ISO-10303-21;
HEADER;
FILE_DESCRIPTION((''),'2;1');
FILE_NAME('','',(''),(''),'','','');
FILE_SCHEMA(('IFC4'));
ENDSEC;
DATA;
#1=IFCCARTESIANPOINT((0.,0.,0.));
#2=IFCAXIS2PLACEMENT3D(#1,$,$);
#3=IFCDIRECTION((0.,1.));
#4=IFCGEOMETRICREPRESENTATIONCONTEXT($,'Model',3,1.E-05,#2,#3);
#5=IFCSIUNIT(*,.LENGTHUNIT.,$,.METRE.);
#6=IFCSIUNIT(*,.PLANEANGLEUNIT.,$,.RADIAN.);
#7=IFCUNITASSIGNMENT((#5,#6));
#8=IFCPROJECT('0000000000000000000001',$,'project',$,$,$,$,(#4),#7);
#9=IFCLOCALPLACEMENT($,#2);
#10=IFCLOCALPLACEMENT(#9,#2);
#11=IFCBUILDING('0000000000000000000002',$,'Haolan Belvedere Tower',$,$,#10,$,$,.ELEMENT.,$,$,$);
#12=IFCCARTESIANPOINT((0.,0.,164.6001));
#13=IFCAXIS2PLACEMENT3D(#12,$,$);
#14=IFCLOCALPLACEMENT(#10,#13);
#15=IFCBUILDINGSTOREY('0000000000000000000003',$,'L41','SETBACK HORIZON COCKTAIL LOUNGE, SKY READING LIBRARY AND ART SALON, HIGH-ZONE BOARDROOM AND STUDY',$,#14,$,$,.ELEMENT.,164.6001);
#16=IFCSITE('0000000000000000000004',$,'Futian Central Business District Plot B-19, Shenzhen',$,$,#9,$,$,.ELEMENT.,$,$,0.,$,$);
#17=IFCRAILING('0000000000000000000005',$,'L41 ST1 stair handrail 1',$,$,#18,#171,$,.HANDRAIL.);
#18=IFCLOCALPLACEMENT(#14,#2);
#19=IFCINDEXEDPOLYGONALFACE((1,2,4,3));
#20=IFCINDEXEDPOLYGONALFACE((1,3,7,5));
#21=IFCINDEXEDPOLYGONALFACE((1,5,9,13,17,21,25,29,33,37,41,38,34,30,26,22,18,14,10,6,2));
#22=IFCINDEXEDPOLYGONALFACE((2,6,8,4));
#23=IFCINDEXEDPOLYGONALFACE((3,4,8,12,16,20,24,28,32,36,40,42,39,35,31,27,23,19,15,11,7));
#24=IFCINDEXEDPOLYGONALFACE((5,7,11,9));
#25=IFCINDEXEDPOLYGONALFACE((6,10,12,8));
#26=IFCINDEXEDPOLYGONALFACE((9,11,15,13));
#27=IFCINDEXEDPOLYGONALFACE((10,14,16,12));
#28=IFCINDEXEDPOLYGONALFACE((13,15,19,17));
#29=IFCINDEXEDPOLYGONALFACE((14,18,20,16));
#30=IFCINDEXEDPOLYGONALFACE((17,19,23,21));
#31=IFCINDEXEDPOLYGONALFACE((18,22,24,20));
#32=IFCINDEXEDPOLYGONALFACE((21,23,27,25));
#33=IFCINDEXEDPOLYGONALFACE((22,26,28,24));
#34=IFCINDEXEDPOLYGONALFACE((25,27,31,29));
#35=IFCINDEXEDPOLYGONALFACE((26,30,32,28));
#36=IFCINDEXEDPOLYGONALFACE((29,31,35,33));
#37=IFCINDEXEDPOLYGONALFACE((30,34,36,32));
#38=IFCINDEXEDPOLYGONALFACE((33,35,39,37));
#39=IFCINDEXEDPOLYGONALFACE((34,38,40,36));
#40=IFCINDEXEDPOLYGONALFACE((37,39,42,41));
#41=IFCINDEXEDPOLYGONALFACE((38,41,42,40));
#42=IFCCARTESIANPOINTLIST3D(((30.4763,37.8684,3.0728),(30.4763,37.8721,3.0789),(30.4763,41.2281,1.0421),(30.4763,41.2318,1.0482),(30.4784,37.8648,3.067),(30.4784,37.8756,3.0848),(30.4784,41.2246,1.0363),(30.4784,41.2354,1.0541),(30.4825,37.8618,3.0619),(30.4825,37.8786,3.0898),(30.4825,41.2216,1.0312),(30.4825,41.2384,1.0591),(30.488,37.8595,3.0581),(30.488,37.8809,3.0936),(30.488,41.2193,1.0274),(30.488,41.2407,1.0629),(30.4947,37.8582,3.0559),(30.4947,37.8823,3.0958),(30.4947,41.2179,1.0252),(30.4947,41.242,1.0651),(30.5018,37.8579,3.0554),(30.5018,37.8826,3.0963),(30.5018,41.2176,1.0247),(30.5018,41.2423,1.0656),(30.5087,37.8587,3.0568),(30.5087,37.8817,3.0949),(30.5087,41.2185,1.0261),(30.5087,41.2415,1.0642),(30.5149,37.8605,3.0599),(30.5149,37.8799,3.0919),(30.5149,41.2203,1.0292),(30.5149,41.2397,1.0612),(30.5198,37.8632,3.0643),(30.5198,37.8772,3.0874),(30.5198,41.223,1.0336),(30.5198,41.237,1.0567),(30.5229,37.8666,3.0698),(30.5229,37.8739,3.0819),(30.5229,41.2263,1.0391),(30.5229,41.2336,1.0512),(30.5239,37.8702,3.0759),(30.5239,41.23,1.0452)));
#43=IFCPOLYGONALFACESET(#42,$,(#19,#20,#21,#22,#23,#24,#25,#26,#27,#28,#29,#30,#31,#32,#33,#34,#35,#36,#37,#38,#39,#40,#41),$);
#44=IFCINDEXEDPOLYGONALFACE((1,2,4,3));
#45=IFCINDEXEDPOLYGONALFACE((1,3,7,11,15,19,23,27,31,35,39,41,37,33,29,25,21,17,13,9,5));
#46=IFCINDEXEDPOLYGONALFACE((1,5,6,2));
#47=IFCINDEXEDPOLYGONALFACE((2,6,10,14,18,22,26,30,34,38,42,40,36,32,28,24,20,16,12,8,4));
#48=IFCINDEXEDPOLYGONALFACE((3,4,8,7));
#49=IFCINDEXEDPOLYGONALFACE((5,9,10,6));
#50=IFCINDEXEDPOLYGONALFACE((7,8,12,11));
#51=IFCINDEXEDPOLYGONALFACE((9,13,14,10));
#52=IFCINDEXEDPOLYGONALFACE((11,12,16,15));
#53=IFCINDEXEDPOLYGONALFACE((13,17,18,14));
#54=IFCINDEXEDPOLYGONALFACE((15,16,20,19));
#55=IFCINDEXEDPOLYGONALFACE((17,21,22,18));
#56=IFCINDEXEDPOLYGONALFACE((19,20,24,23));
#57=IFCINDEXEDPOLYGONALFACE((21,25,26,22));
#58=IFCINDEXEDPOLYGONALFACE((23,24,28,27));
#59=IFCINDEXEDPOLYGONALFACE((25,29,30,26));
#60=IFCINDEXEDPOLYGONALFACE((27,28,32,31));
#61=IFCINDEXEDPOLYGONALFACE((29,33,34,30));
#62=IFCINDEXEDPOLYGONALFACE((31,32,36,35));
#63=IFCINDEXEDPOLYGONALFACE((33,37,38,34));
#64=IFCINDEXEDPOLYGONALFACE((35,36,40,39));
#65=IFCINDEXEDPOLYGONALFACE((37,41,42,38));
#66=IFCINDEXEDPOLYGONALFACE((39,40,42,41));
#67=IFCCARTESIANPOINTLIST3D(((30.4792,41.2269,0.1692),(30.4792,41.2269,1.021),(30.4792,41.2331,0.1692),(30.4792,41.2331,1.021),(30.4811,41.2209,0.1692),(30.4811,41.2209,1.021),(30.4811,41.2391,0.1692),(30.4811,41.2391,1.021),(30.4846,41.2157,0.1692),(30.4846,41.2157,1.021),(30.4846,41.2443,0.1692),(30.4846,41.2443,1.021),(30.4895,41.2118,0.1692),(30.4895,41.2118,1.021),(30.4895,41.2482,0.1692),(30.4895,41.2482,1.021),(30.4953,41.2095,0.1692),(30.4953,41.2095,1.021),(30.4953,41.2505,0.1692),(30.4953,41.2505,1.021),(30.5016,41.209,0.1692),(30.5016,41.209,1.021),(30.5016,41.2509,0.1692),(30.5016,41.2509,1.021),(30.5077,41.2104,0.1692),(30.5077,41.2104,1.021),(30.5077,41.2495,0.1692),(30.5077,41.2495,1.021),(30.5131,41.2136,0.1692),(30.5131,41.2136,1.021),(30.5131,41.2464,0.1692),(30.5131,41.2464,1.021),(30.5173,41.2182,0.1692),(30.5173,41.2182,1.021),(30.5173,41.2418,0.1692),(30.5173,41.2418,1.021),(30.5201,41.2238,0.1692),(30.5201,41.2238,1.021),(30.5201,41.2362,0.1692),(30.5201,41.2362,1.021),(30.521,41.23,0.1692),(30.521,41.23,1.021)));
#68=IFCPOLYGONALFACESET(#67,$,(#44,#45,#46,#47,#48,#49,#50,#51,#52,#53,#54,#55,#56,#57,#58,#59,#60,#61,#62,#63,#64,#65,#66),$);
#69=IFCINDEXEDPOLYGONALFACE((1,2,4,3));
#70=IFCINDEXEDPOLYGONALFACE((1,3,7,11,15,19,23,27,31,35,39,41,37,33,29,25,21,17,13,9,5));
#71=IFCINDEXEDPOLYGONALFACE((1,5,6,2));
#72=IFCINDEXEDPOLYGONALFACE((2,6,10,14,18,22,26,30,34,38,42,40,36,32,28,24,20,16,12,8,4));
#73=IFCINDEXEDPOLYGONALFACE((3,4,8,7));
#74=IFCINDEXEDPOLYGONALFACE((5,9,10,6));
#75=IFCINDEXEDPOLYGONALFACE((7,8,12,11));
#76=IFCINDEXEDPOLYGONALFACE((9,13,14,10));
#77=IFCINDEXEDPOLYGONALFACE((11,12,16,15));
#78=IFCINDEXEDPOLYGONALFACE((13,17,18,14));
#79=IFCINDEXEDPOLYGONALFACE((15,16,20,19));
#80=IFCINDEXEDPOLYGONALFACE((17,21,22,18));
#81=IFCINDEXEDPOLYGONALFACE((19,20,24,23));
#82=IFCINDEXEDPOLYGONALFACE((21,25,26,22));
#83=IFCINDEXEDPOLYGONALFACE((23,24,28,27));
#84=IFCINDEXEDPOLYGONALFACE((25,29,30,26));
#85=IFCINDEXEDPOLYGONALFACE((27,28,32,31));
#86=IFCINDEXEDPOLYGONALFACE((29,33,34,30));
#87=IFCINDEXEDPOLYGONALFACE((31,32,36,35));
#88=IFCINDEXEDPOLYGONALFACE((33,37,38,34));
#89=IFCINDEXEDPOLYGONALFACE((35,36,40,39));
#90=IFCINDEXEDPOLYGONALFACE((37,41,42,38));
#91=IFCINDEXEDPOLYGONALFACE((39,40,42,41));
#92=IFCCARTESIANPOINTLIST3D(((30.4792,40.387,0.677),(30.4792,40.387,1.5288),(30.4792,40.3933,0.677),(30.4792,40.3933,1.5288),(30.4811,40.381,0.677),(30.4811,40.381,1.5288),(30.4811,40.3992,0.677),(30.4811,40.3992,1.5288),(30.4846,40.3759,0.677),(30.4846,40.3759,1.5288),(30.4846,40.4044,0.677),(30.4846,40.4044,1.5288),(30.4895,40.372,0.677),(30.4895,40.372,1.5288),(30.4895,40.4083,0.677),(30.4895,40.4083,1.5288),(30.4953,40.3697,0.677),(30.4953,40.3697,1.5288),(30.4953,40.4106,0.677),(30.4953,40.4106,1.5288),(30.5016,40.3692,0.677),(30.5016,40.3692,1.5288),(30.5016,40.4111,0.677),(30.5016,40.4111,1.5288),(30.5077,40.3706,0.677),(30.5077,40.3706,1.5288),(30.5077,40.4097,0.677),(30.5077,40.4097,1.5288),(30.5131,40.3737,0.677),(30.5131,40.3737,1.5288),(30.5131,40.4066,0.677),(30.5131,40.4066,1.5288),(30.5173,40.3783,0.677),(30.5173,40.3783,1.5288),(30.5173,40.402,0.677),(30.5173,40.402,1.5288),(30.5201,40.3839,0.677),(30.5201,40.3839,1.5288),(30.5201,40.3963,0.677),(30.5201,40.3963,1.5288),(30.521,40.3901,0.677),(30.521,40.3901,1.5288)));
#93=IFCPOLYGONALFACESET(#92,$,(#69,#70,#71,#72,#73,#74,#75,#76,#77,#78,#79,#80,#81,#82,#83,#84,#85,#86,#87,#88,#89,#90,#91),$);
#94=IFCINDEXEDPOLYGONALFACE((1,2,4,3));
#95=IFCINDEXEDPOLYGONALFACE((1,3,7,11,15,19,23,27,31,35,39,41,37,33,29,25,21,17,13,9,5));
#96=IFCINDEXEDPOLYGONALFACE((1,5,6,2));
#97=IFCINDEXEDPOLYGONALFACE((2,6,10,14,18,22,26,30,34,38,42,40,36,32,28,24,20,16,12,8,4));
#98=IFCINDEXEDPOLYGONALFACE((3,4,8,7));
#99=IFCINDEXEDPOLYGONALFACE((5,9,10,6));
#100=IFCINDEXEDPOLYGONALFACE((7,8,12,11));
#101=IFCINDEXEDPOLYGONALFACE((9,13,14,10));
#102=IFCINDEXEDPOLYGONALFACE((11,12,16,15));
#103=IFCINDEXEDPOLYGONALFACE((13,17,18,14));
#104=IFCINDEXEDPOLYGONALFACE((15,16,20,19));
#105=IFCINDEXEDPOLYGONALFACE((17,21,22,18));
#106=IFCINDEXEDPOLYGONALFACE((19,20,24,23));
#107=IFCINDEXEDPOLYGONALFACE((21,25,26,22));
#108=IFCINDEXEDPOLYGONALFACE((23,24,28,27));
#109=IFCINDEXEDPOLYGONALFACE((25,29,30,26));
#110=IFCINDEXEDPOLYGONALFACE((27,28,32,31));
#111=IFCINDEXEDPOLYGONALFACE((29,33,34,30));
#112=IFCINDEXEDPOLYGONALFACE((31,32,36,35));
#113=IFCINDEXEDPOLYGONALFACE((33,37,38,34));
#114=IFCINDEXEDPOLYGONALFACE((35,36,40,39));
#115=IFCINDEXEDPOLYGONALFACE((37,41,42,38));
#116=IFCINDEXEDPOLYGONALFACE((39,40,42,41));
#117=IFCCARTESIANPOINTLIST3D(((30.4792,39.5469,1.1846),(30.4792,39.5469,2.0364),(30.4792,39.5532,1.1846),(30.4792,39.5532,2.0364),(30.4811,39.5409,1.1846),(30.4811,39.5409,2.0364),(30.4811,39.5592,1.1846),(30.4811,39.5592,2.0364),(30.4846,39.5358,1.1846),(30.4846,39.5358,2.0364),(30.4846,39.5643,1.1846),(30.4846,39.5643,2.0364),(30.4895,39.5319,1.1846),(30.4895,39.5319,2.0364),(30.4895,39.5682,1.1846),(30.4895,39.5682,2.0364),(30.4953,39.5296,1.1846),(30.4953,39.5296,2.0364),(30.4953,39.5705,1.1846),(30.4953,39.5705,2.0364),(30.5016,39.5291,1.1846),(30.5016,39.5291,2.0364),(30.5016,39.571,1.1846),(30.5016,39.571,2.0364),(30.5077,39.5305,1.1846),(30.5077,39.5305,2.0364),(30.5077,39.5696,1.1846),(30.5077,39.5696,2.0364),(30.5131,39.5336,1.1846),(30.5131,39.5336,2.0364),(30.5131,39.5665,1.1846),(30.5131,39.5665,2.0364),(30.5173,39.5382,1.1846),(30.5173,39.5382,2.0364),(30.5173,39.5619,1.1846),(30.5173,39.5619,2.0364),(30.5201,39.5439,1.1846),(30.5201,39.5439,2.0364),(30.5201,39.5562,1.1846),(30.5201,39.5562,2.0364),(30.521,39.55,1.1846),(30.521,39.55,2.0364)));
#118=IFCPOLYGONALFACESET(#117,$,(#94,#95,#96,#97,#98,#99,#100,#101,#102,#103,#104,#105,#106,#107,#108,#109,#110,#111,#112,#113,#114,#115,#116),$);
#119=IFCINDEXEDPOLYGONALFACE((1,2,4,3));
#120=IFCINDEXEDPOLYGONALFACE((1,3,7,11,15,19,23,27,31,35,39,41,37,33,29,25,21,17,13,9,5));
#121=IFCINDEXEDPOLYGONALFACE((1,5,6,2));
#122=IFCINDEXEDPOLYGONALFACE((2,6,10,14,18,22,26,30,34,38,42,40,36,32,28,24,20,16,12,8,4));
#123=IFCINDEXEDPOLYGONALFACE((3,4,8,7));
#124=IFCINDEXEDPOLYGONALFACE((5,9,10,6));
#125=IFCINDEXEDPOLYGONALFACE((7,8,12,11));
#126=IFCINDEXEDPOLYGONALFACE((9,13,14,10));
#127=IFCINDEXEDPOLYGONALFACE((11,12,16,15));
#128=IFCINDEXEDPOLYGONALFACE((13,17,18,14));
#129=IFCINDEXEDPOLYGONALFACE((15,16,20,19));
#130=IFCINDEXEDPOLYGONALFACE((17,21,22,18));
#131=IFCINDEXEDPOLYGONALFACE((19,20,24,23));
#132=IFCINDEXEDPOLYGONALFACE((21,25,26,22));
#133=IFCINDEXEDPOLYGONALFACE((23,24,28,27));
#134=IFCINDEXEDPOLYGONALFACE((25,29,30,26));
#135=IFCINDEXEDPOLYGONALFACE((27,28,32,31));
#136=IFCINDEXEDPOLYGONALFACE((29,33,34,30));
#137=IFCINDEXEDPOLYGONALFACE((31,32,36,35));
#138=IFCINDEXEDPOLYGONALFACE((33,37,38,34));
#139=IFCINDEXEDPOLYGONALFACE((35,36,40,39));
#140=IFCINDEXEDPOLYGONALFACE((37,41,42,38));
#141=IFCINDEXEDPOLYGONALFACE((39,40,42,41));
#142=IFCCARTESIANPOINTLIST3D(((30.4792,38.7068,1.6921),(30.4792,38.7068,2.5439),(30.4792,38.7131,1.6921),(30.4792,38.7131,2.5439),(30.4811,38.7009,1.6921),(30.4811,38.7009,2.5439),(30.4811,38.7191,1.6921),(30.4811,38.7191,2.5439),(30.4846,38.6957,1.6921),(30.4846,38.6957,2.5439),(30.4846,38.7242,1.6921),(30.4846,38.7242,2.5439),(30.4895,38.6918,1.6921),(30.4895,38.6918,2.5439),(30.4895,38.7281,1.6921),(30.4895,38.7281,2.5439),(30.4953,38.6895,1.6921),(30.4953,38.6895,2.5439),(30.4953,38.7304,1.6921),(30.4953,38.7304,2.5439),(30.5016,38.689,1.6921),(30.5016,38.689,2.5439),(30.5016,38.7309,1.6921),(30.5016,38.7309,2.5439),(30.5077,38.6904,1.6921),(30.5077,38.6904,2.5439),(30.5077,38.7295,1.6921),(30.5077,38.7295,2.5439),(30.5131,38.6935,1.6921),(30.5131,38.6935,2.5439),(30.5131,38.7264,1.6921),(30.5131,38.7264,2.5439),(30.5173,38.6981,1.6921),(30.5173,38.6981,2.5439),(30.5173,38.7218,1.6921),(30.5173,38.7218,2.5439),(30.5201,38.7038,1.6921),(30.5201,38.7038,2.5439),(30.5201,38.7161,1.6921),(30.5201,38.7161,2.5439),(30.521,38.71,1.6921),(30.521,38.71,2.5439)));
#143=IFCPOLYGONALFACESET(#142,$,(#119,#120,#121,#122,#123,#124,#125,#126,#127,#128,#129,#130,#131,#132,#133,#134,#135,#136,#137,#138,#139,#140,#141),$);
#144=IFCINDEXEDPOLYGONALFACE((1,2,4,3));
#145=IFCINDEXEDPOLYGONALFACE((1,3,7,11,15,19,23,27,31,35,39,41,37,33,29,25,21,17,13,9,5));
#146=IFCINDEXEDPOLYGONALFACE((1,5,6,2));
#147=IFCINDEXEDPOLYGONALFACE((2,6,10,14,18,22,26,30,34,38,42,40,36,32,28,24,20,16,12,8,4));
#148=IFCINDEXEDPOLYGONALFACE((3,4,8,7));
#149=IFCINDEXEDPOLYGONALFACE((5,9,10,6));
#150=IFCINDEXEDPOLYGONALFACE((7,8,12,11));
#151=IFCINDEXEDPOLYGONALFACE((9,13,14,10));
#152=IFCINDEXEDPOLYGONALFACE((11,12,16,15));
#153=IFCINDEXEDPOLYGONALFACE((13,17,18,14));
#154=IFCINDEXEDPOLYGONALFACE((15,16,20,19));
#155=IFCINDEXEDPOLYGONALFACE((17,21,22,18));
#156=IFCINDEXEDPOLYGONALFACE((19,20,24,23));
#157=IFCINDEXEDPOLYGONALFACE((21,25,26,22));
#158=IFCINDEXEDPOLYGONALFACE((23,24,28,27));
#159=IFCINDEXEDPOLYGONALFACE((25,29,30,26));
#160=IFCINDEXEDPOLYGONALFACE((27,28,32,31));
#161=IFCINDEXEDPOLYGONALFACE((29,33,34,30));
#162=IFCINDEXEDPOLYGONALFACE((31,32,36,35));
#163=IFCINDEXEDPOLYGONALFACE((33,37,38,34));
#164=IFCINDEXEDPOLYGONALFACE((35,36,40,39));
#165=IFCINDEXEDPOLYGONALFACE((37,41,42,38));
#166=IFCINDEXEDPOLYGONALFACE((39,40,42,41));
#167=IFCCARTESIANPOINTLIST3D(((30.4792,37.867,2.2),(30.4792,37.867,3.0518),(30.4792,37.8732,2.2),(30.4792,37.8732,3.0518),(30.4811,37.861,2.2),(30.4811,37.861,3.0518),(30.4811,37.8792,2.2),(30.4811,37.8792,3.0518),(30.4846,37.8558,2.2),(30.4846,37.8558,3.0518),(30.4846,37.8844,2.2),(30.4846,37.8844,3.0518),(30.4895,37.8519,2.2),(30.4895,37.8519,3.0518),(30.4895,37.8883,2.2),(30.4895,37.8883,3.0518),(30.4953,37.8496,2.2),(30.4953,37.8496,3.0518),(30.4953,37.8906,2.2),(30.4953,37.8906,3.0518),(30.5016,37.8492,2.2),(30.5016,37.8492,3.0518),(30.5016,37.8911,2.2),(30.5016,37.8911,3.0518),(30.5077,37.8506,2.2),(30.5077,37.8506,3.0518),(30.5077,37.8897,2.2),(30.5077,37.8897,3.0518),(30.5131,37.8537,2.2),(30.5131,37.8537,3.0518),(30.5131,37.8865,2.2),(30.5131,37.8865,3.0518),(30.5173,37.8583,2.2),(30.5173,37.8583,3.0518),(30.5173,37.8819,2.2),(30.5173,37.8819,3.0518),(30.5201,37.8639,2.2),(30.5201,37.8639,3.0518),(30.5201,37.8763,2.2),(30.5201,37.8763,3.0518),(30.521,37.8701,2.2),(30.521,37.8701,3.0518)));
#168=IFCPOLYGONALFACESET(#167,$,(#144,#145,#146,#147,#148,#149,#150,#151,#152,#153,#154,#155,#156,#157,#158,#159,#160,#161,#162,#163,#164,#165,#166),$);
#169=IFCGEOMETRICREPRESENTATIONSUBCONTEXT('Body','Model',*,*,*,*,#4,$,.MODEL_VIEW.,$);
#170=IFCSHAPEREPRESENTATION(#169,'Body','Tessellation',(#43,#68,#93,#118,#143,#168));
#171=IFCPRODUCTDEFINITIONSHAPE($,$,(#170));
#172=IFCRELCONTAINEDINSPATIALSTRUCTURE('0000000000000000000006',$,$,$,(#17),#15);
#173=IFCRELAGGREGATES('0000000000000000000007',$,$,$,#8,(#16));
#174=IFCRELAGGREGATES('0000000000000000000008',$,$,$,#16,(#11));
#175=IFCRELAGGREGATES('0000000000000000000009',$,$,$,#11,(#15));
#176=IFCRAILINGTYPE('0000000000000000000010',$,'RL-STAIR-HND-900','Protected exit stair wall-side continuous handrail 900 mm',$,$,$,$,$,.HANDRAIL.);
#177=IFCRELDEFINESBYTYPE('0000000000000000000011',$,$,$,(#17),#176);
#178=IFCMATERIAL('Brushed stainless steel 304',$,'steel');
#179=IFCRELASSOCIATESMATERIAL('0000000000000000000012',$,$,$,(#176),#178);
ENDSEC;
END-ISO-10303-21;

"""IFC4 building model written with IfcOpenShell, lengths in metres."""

from ifc_helpers import new_model, si_unit, direction, frame, origin, origin_2d, place, context, subcontext, project, spatial, circle, extrude, material, type_object, element, save


model = new_model("IFC4")

# Units and contexts
model_context = context("Model", 3, precision=1e-05, world=origin(), true_north=direction((0.0, 1.0)))
body_context = subcontext(model_context, "Body", "Model", "MODEL_VIEW")
ifc_project = project(units=[si_unit("LENGTHUNIT", "METRE"), si_unit("PLANEANGLEUNIT", "RADIAN")], contexts=[model_context])

# Site, building, storey
site_placement = place(None, origin())
site = spatial("IfcSite", under=ifc_project, at=site_placement, Name="Futian Central Business District Plot B-19, Shenzhen", CompositionType="ELEMENT", RefElevation=0.0)
building_placement = place(site_placement, origin())
building = spatial("IfcBuilding", under=site, at=building_placement, Name="Haolan Belvedere Tower", CompositionType="ELEMENT")
storey_placement = place(building_placement, frame((0.0, 0.0, 164.6001)))
storey = spatial("IfcBuildingStorey", under=building, at=storey_placement, Name="L41", Description="SETBACK HORIZON COCKTAIL LOUNGE, SKY READING LIBRARY AND ART SALON, HIGH-ZONE BOARDROOM AND STUDY", CompositionType="ELEMENT", Elevation=164.6001)

# Railing
ifc_material_1 = material(Name="Brushed stainless steel 304", Category="steel")
railing_type_1 = type_object("IfcRailingType", Name="RL-STAIR-HND-900", Description="Protected exit stair wall-side continuous handrail 900 mm", PredefinedType="HANDRAIL", material=ifc_material_1)
railing_1_placement = place(storey_placement, frame((30.5, 41.23, 0.1692)))
element("IfcRailing", 1, at=railing_1_placement, inside=storey, type_object=railing_type_1, Name="L41 ST1 stair handrail 1", PredefinedType="HANDRAIL", context=body_context, shape_type="SweptSolid", body=[
    extrude(circle(Radius=0.0239, at=origin_2d()), frame((0.0, 0.0, 0.876), z_axis=(0.0, -0.85582, 0.517273), x_axis=(1.0, 0.0, 0.0)), (0.0, 0.0, 1.0), 3.9258),
    extrude(circle(Radius=0.021, at=origin_2d()), origin(), (0.0, 0.0, 1.0), 0.8518),
    extrude(circle(Radius=0.021, at=origin_2d()), frame((0.0, -0.8398, 0.5078)), (0.0, 0.0, 1.0), 0.8518),
    extrude(circle(Radius=0.021, at=origin_2d()), frame((0.0, -1.6799, 1.0154)), (0.0, 0.0, 1.0), 0.8518),
    extrude(circle(Radius=0.021, at=origin_2d()), frame((0.0, -2.52, 1.5229)), (0.0, 0.0, 1.0), 0.8518),
    extrude(circle(Radius=0.021, at=origin_2d()), frame((0.0, -3.3599, 2.0308)), (0.0, 0.0, 1.0), 0.8518),
])

save(model, "model.ifc")
